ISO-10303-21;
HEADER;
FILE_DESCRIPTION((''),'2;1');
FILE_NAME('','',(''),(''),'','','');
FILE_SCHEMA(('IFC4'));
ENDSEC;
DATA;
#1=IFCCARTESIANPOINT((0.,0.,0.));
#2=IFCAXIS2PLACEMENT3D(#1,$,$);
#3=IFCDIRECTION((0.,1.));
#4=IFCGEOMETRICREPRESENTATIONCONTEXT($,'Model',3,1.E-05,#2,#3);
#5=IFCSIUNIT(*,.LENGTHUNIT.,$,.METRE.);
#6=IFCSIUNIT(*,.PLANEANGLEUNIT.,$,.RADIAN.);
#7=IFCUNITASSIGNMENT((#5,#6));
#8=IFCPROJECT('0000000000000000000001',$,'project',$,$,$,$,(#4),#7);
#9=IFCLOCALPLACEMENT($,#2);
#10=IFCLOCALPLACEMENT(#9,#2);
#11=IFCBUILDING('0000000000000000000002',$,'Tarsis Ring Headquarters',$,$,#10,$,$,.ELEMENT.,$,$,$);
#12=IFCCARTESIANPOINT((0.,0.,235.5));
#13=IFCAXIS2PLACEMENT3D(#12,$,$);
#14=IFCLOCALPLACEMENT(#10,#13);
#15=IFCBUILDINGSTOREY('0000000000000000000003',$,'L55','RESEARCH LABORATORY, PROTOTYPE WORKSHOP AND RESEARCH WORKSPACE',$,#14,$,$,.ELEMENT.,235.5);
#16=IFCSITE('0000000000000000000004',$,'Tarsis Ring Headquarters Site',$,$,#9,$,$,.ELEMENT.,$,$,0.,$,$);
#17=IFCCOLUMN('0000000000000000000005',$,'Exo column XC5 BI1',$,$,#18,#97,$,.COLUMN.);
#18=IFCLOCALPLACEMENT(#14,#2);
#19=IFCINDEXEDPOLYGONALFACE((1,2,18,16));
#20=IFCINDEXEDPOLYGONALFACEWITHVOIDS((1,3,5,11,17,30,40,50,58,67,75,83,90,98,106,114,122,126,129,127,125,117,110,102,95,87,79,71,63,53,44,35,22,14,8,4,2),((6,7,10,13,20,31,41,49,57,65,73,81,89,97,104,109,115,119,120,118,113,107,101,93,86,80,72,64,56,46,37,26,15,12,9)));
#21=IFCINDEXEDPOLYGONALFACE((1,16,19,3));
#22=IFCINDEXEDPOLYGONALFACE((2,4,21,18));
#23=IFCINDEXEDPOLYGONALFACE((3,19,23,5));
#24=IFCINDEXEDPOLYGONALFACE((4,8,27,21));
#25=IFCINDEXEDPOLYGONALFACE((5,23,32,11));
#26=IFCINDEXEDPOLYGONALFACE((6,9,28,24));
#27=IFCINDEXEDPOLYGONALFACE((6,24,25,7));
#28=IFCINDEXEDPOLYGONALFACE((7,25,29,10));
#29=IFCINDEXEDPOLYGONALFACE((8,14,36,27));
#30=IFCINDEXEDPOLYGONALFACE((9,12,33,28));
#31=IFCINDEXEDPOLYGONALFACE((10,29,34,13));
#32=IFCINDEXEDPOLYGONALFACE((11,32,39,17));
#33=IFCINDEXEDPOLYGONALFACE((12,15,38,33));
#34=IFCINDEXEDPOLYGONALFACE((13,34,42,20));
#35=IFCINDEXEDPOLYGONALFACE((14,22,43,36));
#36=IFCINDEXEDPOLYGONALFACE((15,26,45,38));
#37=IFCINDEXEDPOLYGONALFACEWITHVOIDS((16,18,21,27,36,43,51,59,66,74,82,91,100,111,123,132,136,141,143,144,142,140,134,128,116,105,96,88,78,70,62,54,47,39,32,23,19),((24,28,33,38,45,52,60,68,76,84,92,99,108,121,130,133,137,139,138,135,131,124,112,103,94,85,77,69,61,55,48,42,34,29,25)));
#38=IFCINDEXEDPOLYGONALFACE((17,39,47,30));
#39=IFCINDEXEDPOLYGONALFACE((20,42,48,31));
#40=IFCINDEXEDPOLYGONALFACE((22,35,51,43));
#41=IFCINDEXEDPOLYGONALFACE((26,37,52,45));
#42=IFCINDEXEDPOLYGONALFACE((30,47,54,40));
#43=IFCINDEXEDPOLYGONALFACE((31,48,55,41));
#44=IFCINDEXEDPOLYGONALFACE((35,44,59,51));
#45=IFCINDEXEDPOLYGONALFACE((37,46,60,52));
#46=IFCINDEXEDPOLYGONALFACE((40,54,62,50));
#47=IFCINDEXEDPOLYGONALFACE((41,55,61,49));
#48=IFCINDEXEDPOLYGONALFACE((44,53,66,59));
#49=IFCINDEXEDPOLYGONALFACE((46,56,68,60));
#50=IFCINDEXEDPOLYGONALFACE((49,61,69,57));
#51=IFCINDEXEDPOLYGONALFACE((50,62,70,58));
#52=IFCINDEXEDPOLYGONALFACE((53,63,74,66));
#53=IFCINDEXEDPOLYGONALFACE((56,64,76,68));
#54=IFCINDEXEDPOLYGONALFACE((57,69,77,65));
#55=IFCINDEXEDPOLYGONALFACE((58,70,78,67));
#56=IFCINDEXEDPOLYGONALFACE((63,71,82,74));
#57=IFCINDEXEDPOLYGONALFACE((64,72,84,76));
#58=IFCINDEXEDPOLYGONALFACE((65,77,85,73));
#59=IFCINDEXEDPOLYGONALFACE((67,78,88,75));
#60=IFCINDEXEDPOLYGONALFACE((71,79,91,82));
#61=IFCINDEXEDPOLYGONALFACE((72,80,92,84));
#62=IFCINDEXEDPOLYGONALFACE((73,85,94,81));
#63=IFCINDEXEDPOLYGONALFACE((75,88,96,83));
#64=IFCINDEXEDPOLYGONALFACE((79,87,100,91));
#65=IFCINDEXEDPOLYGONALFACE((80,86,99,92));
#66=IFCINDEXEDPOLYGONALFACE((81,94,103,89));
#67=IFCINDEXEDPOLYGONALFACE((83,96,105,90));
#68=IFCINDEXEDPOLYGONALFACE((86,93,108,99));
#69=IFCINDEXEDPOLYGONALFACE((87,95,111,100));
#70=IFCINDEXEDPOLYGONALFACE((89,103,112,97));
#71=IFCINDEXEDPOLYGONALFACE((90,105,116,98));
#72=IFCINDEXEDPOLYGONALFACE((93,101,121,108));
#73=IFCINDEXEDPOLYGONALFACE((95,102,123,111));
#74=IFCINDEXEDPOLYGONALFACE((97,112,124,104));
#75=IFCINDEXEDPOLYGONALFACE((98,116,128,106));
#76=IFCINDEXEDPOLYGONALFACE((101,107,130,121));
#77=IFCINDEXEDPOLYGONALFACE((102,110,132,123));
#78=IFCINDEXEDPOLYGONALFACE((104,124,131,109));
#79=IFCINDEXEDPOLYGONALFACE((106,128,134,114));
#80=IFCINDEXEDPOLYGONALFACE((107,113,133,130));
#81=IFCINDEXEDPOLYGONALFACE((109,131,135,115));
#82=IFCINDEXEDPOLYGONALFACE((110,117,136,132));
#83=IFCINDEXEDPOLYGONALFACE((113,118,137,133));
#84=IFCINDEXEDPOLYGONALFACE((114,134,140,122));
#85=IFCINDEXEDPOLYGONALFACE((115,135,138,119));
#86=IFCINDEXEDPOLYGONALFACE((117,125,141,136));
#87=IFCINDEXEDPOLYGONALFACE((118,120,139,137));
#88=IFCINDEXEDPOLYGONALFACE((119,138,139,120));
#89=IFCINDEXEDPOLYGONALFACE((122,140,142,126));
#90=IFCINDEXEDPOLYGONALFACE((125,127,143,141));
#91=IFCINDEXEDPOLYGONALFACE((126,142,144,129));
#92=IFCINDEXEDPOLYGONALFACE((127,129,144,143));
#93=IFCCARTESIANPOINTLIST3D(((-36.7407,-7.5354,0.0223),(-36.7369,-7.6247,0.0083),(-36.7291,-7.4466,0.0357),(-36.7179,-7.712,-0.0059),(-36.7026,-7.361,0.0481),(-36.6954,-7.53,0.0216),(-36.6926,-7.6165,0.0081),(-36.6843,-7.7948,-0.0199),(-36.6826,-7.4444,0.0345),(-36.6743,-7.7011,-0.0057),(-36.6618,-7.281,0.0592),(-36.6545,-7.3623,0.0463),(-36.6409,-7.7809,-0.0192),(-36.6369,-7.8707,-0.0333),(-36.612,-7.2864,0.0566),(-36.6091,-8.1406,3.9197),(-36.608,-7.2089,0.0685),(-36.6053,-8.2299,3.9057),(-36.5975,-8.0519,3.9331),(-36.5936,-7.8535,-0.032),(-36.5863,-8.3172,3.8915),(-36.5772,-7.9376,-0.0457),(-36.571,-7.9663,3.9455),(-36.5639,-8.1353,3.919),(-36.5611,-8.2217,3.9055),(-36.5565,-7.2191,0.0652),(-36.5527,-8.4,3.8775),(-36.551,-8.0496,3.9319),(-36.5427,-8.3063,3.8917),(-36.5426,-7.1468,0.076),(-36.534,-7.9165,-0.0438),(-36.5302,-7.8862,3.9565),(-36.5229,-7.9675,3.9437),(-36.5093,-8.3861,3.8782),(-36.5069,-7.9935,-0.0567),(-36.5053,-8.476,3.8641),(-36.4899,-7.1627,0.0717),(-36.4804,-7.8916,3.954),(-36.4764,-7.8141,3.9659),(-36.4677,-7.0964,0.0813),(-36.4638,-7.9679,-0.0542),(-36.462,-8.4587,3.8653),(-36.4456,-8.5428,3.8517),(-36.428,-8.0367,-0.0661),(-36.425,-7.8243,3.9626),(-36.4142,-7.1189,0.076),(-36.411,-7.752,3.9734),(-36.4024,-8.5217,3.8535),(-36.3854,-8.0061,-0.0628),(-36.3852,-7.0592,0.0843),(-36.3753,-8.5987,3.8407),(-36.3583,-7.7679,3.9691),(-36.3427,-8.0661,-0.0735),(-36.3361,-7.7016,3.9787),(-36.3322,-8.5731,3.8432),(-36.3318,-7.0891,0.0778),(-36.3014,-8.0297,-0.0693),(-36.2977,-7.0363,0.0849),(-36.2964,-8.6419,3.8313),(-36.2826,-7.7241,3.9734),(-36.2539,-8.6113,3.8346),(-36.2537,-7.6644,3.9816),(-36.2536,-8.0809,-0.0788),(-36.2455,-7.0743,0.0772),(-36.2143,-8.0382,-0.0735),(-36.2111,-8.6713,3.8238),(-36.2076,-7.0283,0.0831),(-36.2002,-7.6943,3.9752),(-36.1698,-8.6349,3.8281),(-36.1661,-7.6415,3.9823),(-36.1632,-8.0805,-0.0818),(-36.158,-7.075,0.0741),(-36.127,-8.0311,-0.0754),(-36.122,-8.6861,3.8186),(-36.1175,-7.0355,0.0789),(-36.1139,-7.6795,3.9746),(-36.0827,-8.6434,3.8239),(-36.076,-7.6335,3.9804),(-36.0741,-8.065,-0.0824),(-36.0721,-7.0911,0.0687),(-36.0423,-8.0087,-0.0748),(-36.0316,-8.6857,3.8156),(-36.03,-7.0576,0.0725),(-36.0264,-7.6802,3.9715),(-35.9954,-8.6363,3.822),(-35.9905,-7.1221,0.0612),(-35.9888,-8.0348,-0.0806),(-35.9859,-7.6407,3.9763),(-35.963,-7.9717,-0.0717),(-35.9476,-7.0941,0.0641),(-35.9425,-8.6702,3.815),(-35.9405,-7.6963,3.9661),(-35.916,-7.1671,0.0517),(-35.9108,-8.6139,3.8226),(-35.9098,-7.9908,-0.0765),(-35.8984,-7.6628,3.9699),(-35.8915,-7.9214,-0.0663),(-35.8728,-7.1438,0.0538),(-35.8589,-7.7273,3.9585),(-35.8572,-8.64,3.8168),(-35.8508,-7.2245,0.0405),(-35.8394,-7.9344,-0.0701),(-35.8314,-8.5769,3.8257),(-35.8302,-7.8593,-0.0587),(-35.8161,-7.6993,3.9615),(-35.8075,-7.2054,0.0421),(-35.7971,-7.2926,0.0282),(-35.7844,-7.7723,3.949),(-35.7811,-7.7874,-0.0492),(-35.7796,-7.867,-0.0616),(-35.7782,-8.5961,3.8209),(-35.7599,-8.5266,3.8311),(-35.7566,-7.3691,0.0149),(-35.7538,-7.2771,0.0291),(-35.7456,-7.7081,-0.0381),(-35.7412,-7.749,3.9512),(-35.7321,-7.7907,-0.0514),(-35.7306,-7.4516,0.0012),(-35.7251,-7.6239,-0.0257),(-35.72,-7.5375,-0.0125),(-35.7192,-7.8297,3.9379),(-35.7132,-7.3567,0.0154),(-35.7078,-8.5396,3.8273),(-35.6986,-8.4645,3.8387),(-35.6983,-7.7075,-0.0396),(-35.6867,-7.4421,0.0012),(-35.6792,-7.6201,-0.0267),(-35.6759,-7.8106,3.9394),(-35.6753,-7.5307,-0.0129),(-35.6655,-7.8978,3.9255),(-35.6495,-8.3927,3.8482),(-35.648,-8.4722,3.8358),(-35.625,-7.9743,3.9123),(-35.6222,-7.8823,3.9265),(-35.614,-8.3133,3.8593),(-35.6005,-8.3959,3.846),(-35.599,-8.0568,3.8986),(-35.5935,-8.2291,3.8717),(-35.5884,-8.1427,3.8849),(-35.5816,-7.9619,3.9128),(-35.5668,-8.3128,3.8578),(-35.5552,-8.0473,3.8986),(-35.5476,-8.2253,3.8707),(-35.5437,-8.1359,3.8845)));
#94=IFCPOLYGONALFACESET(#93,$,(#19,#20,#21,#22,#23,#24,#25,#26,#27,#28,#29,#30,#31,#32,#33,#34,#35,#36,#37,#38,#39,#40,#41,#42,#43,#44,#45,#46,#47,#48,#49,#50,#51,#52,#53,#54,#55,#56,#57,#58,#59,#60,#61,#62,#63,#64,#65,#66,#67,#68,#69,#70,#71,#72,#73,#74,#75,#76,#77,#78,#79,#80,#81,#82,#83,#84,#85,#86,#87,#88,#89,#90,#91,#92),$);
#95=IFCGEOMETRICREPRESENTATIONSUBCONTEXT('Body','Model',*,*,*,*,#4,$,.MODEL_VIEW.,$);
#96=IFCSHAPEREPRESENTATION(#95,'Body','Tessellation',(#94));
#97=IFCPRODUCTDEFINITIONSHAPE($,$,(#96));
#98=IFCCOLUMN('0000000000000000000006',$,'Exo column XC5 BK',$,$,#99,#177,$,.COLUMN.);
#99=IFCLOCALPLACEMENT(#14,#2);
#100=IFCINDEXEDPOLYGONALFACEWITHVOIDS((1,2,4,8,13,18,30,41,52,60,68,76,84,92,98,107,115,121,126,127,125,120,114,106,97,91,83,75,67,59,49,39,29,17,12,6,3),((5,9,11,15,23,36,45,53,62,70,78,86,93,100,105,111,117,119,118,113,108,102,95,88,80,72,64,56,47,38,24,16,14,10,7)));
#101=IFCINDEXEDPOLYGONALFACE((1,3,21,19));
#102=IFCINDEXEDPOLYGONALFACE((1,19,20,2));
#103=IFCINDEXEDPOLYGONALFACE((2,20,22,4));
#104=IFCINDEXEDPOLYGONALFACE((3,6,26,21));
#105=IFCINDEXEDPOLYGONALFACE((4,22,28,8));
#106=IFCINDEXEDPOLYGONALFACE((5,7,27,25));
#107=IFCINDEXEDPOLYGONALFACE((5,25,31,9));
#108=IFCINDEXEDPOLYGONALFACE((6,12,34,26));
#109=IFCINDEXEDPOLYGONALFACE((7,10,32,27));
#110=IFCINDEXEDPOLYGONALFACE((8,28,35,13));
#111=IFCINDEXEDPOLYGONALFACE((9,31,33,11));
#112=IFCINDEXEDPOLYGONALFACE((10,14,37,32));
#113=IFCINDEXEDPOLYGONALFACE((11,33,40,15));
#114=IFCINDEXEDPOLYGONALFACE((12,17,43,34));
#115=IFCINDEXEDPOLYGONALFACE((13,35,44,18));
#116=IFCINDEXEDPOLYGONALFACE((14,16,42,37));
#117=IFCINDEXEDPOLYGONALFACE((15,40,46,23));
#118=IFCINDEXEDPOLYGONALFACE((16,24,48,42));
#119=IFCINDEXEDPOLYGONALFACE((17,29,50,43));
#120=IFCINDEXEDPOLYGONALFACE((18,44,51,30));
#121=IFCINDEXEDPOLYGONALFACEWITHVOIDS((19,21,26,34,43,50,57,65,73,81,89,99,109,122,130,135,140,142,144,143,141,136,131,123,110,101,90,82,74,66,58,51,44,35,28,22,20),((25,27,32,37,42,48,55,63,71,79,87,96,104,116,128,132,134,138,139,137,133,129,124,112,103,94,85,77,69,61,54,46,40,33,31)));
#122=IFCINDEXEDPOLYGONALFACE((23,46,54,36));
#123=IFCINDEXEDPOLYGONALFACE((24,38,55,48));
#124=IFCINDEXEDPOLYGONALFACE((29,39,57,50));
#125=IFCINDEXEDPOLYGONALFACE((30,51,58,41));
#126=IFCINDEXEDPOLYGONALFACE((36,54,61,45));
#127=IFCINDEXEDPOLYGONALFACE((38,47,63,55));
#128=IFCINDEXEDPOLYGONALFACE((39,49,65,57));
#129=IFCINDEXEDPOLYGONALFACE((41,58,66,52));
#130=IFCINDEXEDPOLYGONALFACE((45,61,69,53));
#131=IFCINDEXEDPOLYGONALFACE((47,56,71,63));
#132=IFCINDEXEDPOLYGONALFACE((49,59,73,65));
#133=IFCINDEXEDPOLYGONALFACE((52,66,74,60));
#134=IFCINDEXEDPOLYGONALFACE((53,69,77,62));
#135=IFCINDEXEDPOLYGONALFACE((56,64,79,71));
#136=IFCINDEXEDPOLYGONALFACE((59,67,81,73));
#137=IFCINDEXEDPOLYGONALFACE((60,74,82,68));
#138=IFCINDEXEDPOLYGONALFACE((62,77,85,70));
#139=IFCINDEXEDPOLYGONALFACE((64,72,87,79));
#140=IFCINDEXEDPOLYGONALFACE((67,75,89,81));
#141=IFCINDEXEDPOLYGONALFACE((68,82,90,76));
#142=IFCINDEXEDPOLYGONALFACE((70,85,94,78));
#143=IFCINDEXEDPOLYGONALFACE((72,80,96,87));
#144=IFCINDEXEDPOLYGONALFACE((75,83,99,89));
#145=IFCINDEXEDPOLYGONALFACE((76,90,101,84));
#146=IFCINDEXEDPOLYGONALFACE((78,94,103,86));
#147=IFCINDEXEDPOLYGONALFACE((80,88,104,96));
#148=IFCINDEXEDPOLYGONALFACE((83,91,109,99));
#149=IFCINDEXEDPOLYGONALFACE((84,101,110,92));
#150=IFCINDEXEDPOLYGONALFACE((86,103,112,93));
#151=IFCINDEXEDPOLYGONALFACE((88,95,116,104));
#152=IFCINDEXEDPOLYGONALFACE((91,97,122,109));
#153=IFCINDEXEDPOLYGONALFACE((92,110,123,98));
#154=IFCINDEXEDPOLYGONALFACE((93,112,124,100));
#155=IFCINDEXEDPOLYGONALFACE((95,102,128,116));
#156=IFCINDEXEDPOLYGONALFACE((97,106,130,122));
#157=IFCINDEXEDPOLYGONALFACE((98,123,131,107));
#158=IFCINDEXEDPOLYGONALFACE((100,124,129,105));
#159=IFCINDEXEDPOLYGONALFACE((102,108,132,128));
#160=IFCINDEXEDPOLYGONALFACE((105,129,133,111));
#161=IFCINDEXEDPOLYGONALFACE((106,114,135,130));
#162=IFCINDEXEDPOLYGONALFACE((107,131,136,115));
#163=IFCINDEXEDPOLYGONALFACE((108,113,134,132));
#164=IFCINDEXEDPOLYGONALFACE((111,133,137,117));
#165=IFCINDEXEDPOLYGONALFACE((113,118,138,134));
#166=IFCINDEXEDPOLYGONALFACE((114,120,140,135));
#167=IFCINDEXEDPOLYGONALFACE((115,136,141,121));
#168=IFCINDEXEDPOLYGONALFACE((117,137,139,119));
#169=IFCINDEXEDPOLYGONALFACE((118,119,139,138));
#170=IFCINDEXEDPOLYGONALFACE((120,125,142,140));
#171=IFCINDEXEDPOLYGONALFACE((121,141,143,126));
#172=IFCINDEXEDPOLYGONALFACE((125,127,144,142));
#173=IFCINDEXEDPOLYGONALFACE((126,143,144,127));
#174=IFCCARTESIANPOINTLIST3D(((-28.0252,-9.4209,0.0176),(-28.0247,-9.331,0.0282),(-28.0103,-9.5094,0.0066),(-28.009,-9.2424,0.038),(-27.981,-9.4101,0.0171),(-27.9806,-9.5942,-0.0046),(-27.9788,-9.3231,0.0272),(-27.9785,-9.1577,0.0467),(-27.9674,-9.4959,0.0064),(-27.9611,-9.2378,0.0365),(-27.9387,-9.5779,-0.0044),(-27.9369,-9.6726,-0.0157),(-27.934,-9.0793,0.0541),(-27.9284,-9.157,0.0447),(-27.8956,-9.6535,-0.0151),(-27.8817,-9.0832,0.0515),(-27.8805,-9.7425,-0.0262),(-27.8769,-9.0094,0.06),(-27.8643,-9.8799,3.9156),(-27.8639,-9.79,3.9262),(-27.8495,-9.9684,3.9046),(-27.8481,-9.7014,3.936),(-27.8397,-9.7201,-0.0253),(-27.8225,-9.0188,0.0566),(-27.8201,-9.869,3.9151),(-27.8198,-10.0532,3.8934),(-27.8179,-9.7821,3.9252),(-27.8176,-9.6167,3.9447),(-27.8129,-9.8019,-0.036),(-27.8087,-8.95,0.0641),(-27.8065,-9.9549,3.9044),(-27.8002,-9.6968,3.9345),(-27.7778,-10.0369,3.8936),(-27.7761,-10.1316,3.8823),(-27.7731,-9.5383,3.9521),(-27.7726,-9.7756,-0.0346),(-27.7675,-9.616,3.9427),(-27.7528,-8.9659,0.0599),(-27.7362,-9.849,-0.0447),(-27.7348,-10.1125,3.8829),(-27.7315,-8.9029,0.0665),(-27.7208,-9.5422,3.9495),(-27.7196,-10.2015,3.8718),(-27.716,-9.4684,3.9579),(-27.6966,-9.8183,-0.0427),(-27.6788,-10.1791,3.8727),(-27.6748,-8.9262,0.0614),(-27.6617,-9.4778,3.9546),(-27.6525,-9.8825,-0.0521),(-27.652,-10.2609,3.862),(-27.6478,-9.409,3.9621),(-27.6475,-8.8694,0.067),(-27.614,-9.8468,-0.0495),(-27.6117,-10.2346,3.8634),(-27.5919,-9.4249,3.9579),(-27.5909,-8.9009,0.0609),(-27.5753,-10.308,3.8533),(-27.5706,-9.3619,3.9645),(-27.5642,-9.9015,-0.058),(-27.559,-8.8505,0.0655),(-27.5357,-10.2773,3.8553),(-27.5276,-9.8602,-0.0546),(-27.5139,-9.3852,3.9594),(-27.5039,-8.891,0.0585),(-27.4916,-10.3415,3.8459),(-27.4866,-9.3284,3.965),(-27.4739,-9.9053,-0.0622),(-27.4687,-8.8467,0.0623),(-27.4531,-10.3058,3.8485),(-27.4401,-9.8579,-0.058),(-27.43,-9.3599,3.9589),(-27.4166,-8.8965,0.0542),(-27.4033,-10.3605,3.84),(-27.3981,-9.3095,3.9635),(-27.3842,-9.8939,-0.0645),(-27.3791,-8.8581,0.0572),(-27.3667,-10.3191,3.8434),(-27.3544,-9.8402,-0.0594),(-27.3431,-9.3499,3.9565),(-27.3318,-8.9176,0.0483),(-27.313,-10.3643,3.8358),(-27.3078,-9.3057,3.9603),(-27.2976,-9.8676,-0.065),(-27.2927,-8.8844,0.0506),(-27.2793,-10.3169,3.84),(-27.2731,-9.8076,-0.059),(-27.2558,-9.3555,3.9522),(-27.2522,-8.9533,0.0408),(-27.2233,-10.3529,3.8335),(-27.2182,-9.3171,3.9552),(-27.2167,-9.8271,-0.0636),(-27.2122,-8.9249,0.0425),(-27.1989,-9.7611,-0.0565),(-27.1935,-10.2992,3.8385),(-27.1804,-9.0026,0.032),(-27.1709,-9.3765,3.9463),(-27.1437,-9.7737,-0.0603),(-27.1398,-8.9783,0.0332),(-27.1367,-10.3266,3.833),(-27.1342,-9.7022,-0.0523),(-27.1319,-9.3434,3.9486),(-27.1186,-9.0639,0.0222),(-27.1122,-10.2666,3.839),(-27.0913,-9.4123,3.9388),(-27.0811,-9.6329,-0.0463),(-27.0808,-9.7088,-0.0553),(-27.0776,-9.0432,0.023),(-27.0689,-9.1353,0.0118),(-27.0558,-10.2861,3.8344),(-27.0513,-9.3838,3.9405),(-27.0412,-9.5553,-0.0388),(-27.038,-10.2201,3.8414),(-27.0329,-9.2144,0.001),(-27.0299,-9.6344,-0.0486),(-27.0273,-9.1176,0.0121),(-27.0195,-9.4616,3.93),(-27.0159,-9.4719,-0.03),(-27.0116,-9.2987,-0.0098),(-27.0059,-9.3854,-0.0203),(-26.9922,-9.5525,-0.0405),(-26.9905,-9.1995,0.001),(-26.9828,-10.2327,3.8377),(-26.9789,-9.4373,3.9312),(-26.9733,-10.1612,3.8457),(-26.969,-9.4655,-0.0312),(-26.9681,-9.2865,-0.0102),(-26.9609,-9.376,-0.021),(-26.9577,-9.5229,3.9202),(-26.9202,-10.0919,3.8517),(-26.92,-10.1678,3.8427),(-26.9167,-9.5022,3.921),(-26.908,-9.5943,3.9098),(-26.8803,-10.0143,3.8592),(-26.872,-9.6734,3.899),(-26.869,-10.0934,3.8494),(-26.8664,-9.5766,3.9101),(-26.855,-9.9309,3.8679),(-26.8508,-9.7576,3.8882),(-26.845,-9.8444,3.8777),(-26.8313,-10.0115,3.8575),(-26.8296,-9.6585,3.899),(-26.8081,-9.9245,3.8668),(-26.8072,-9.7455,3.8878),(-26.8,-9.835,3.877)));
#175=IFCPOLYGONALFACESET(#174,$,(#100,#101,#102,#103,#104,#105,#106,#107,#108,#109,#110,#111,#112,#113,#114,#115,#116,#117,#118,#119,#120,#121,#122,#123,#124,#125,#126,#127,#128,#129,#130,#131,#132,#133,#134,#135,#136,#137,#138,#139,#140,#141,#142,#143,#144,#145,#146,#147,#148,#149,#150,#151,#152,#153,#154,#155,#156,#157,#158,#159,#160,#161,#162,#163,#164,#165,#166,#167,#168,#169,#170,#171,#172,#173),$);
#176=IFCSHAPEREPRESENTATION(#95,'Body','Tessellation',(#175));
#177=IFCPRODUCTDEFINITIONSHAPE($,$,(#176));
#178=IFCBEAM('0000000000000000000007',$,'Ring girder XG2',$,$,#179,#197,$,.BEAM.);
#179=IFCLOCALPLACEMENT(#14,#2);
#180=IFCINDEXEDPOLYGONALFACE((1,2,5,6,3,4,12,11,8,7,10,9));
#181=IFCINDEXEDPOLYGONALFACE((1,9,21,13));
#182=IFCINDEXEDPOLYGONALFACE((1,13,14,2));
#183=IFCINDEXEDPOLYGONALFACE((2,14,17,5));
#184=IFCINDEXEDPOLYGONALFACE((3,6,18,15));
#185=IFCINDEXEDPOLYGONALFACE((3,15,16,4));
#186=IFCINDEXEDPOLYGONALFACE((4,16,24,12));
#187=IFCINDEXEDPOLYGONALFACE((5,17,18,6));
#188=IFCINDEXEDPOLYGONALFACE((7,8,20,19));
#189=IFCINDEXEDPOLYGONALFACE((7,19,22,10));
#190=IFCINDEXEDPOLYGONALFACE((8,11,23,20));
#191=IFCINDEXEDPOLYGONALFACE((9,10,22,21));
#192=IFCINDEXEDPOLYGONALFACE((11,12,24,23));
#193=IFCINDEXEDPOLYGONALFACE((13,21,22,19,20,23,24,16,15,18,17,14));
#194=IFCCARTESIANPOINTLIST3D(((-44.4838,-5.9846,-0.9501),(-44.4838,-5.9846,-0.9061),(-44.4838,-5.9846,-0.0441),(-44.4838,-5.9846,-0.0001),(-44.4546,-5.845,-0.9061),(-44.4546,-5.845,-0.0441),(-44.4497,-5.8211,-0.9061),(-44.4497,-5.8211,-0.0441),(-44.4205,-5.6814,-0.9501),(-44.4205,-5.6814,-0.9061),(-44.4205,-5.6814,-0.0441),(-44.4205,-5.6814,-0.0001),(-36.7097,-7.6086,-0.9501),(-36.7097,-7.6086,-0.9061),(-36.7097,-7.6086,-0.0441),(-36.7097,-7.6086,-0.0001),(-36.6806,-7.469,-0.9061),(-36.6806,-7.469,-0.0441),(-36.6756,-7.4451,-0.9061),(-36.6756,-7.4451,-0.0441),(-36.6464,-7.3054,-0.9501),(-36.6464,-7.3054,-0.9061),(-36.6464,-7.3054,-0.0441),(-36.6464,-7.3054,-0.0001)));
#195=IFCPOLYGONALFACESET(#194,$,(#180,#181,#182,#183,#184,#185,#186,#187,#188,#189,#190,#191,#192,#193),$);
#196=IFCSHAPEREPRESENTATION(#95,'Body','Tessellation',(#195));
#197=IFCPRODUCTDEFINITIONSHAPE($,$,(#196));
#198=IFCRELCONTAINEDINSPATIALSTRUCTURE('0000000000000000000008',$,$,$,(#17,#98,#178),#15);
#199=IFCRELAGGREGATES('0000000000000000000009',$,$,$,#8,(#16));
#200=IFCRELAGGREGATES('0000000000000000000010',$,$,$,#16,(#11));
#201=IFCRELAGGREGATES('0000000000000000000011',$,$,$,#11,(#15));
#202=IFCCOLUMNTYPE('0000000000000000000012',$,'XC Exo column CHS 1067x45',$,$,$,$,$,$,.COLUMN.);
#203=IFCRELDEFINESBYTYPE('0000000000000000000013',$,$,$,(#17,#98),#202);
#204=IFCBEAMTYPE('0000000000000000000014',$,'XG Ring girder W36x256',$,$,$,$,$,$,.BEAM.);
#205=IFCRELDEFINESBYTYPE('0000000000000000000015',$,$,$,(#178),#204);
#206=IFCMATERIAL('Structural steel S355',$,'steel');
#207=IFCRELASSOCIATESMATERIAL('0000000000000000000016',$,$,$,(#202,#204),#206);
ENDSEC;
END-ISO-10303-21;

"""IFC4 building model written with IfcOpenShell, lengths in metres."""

from ifc_helpers import new_model, si_unit, direction, frame, origin, origin_2d, place, context, subcontext, project, spatial, hollow_circle, i_section, extrude, material, material_profile, profile_set, type_object, element, save


model = new_model("IFC4")

# Units and contexts
model_context = context("Model", 3, precision=1e-05, world=origin(), true_north=direction((0.0, 1.0)))
body_context = subcontext(model_context, "Body", "Model", "MODEL_VIEW")
ifc_project = project(units=[si_unit("LENGTHUNIT", "METRE"), si_unit("PLANEANGLEUNIT", "RADIAN")], contexts=[model_context])

# Site, building, storey
site_placement = place(None, origin())
site = spatial("IfcSite", under=ifc_project, at=site_placement, Name="Tarsis Ring Headquarters Site", CompositionType="ELEMENT", RefElevation=0.0)
building_placement = place(site_placement, origin())
building = spatial("IfcBuilding", under=site, at=building_placement, Name="Tarsis Ring Headquarters", CompositionType="ELEMENT")
storey_placement = place(building_placement, frame((0.0, 0.0, 235.5)))
storey = spatial("IfcBuildingStorey", under=building, at=storey_placement, Name="L55", Description="RESEARCH LABORATORY, PROTOTYPE WORKSHOP AND RESEARCH WORKSPACE", CompositionType="ELEMENT", Elevation=235.5)

# Columns
ifc_material_1 = material(Name="Structural steel S355", Category="steel")
ifc_material_profile_1 = material_profile(ifc_material_1, hollow_circle(Radius=0.5334, WallThickness=0.0449, at=origin_2d()), Name="CHS 1067x45")
ifc_profile_set_1 = profile_set([ifc_material_profile_1], Name="Structural steel S355")
column_type = type_object("IfcColumnType", Name="XC Exo column CHS 1067x45", PredefinedType="COLUMN", material=ifc_profile_set_1)
column_1_placement = place(storey_placement, frame((-36.208, -7.5554, 0.0012), z_axis=(0.033345, -0.153362, 0.987607), x_axis=(0.977169, 0.212462, 0.0)))
element("IfcColumn", 1, at=column_1_placement, inside=storey, type_object=column_type, Name="Exo column XC5 BI1", PredefinedType="COLUMN", context=body_context, shape_type="SweptSolid", body=[
    extrude(hollow_circle(Radius=0.5334, WallThickness=0.0449, at=origin_2d()), origin(), (0.0, 0.0, 1.0), 3.9463),
])
column_2_placement = place(storey_placement, frame((-27.4939, -9.376, 0.001), z_axis=(0.040958, -0.116844, 0.992305), x_axis=(0.943702, 0.330798, 0.0)))
element("IfcColumn", 2, at=column_2_placement, inside=storey, type_object=column_type, Name="Exo column XC5 BK", PredefinedType="COLUMN", context=body_context, shape_type="SweptSolid", body=[
    extrude(hollow_circle(Radius=0.5334, WallThickness=0.0449, at=origin_2d()), origin(), (0.0, 0.0, 1.0), 3.9282),
])

# Beam
ifc_material_profile_2 = material_profile(ifc_material_1, i_section(OverallWidth=0.3098, OverallDepth=0.95, WebThickness=0.0244, FlangeThickness=0.0439, at=origin_2d()), Name="W36x256")
ifc_profile_set_2 = profile_set([ifc_material_profile_2], Name="Structural steel S355")
beam_type = type_object("IfcBeamType", Name="XG Ring girder W36x256", PredefinedType="BEAM", material=ifc_profile_set_2)
for number, where, z_axis, x_axis, name in (
    (3, (-44.4521, -5.833, -0.4751), (0.97887, -0.204486, 0.0), (0.204486, 0.97887, 0.0), "Ring girder XG2"),
):
    element("IfcBeam", number, at=place(storey_placement, frame(where, z_axis=z_axis, x_axis=x_axis)), inside=storey, type_object=beam_type, Name=name, PredefinedType="BEAM", context=body_context, shape_type="SweptSolid", body=[
        extrude(i_section(OverallWidth=0.3098, OverallDepth=0.95, WebThickness=0.0244, FlangeThickness=0.0439, at=origin_2d()), origin(), (0.0, 0.0, 1.0), 7.9419),
    ])

save(model, "model.ifc")
